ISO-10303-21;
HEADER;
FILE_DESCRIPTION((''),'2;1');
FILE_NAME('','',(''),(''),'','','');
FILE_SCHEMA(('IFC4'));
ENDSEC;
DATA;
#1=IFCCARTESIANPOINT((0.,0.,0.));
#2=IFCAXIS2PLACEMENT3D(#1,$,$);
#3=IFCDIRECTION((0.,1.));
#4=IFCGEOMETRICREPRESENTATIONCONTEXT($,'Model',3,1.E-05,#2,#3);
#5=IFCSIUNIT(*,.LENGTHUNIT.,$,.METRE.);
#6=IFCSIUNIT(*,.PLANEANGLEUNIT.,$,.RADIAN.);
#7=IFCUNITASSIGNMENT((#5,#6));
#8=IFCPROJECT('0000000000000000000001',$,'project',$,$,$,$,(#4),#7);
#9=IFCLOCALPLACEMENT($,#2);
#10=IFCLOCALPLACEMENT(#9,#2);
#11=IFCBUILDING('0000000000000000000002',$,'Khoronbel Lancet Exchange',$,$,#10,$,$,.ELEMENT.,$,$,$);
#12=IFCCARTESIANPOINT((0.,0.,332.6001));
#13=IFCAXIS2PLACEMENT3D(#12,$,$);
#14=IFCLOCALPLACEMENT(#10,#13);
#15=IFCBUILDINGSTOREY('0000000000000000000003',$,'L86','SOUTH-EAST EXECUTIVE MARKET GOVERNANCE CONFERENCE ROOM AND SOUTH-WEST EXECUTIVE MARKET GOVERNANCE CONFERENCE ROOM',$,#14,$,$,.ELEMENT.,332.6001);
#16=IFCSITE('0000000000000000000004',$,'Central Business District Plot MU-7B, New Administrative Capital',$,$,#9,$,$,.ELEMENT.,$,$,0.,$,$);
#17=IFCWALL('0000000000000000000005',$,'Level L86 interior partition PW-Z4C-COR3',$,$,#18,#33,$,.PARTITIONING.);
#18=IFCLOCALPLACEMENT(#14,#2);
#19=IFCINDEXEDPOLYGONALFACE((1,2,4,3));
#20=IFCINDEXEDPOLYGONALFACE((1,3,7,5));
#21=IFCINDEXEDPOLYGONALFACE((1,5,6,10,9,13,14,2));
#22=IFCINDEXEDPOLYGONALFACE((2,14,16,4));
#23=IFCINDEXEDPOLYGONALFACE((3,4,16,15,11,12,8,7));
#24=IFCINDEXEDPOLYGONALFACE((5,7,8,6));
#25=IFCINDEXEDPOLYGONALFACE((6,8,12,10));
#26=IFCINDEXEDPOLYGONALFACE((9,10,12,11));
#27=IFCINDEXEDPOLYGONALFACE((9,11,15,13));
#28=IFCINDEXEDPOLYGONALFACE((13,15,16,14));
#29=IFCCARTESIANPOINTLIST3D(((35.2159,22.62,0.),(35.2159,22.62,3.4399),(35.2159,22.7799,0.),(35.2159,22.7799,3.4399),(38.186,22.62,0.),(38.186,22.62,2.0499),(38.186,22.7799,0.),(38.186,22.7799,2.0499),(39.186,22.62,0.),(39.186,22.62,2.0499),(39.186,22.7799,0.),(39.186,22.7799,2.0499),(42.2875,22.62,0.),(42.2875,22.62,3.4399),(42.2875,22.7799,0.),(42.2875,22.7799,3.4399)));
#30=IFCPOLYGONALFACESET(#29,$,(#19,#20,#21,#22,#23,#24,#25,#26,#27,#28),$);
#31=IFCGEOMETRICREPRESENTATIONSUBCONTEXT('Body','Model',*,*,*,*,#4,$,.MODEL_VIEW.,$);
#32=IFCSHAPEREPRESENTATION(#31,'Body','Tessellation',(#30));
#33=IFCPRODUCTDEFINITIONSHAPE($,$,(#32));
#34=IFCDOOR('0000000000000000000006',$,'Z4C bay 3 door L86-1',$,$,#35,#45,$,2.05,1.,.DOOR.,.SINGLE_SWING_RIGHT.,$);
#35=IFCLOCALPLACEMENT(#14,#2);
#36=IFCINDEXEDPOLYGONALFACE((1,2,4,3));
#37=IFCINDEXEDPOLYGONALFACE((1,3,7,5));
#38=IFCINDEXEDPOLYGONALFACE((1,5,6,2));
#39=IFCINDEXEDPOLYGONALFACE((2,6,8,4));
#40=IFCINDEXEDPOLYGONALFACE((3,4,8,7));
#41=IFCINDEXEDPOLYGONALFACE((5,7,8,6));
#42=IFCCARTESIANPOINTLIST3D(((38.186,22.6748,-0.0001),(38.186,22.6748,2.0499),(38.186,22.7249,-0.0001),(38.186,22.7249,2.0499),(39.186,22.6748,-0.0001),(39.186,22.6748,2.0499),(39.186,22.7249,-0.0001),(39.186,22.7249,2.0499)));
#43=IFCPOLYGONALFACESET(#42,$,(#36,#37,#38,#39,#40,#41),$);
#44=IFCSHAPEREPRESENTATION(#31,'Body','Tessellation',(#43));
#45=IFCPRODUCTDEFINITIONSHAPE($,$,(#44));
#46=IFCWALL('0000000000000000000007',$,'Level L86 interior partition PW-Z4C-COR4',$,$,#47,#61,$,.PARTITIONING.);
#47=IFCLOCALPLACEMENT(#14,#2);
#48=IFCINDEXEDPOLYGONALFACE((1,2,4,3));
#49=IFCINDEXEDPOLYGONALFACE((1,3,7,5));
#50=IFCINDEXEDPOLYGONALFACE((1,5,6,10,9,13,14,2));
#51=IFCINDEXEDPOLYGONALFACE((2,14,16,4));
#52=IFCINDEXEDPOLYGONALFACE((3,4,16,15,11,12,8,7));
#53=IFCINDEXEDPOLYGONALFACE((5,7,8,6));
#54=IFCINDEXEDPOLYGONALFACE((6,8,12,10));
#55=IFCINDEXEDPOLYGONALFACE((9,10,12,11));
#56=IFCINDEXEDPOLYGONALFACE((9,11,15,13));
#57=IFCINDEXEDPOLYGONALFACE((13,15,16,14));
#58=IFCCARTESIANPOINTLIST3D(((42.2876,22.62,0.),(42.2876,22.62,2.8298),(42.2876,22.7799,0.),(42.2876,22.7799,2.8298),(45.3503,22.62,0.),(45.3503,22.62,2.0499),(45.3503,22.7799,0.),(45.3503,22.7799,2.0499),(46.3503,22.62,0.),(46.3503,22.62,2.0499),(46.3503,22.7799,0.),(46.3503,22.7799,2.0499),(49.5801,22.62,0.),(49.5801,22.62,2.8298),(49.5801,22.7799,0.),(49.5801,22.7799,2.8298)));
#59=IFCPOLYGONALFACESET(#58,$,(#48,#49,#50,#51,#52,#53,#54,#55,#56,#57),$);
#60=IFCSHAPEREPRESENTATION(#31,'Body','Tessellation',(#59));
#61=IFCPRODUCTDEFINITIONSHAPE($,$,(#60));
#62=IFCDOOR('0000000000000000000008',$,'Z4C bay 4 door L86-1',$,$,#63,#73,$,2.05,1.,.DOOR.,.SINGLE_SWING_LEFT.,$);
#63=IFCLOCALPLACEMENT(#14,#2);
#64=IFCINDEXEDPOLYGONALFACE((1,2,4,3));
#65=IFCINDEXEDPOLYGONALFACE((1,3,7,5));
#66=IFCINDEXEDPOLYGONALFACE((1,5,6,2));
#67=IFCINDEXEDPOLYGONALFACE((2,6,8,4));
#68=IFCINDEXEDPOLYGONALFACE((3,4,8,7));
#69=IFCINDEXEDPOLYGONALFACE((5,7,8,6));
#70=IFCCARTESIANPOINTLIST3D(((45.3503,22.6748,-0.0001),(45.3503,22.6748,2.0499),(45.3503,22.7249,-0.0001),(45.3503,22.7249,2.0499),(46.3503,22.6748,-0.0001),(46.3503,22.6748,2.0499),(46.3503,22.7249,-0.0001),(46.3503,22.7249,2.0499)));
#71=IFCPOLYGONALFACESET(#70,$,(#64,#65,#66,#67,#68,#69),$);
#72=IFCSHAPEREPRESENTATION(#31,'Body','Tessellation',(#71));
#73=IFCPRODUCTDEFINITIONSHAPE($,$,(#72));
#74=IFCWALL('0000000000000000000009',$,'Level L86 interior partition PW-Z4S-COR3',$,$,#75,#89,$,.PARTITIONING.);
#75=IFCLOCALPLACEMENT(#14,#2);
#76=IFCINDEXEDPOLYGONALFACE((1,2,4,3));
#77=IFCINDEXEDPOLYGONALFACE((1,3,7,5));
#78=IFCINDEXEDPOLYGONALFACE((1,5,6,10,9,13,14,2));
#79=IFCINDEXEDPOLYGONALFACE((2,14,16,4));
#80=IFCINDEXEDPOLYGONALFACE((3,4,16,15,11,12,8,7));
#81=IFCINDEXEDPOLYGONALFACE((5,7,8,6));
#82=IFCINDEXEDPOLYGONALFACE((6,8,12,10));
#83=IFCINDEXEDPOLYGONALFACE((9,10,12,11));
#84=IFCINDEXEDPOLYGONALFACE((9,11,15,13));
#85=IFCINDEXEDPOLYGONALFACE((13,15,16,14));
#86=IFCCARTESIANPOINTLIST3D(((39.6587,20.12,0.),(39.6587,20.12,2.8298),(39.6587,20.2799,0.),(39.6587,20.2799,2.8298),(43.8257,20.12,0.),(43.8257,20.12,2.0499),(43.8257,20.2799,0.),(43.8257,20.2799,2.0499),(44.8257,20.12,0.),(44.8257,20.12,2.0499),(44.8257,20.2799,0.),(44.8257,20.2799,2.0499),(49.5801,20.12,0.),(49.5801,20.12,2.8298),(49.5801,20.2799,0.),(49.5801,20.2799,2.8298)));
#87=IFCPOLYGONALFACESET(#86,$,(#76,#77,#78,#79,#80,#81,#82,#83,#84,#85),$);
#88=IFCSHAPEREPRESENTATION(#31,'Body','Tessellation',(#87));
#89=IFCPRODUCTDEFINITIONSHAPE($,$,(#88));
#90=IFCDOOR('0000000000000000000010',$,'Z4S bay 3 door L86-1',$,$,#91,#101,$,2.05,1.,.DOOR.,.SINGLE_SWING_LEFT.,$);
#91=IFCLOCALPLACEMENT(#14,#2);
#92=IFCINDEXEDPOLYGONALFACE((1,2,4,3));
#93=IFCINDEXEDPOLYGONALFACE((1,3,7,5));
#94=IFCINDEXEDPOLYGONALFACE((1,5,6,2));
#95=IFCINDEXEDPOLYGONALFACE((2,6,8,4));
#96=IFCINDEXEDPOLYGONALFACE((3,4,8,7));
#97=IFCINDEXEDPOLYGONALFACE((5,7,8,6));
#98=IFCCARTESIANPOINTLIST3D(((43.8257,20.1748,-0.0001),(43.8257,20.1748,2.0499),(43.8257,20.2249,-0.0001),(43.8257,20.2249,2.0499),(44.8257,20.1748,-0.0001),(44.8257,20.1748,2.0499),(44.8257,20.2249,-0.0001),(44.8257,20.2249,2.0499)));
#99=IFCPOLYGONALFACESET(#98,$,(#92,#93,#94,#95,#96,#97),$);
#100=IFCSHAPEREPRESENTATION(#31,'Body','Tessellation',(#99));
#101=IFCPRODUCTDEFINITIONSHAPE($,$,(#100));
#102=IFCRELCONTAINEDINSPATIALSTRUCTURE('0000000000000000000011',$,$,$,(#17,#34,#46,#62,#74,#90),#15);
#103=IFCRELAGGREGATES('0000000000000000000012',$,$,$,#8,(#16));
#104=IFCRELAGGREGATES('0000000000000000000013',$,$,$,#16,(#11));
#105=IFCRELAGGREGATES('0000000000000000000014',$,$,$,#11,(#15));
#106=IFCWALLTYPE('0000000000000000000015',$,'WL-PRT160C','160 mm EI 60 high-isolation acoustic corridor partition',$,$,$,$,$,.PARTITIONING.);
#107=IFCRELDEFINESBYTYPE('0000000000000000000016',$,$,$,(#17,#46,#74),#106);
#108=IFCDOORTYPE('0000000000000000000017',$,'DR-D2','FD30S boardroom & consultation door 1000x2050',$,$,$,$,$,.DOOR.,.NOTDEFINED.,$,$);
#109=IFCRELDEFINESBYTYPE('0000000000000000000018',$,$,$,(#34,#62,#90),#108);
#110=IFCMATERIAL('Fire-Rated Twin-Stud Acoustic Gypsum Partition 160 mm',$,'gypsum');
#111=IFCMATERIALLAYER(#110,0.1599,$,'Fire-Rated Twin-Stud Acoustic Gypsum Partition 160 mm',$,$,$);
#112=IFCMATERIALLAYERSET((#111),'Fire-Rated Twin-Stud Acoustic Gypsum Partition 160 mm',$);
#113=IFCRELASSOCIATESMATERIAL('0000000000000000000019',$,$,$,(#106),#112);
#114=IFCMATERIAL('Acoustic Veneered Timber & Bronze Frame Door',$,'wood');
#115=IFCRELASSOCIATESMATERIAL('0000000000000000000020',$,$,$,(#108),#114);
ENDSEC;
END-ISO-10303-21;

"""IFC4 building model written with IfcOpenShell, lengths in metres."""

from ifc_helpers import new_model, si_unit, direction, frame, frame_2d, origin, place, context, subcontext, project, spatial, rectangle, extrude, material, layer, layer_set, type_object, element, fill, save


model = new_model("IFC4")

# Units and contexts
model_context = context("Model", 3, precision=1e-05, world=origin(), true_north=direction((0.0, 1.0)))
body_context = subcontext(model_context, "Body", "Model", "MODEL_VIEW")
ifc_project = project(units=[si_unit("LENGTHUNIT", "METRE"), si_unit("PLANEANGLEUNIT", "RADIAN")], contexts=[model_context])

# Site, building, storey
site_placement = place(None, origin())
site = spatial("IfcSite", under=ifc_project, at=site_placement, Name="Central Business District Plot MU-7B, New Administrative Capital", CompositionType="ELEMENT", RefElevation=0.0)
building_placement = place(site_placement, origin())
building = spatial("IfcBuilding", under=site, at=building_placement, Name="Khoronbel Lancet Exchange", CompositionType="ELEMENT")
storey_placement = place(building_placement, frame((0.0, 0.0, 332.6001)))
storey = spatial("IfcBuildingStorey", under=building, at=storey_placement, Name="L86", Description="SOUTH-EAST EXECUTIVE MARKET GOVERNANCE CONFERENCE ROOM AND SOUTH-WEST EXECUTIVE MARKET GOVERNANCE CONFERENCE ROOM", CompositionType="ELEMENT", Elevation=332.6001)

# Walls, openings, doors
ifc_material_1 = material(Name="Fire-Rated Twin-Stud Acoustic Gypsum Partition 160 mm", Category="gypsum")
ifc_layer_1 = layer(ifc_material_1, 0.1599, Name="Fire-Rated Twin-Stud Acoustic Gypsum Partition 160 mm")
ifc_layer_set_1 = layer_set([ifc_layer_1], Name="Fire-Rated Twin-Stud Acoustic Gypsum Partition 160 mm")
wall_type_1 = type_object("IfcWallType", Name="WL-PRT160C", Description="160 mm EI 60 high-isolation acoustic corridor partition", PredefinedType="PARTITIONING", material=ifc_layer_set_1)
wall_1_placement = place(storey_placement, frame((35.2161, 22.7, 0.0), z_axis=(0.0, 0.0, 1.0), x_axis=(1.0, 0.0, 0.0)))
wall_1 = element("IfcWall", 1, at=wall_1_placement, inside=storey, type_object=wall_type_1, Name="Level L86 interior partition PW-Z4C-COR3", PredefinedType="PARTITIONING", context=body_context, shape_type="SweptSolid", body=[
    extrude(rectangle(XDim=7.0715, YDim=0.1599, at=frame_2d((3.5356, 0.0))), origin(), (0.0, 0.0, 1.0), 3.4399),
])
opening_1_placement = place(wall_1_placement, frame((2.97, 0.0, 0.0)))
opening_1 = element("IfcOpeningElement", 2, at=opening_1_placement, cuts=wall_1, PredefinedType="OPENING", context=body_context, shape_type="SweptSolid", body=[
    extrude(rectangle(XDim=1.0, YDim=2.05, at=frame_2d((0.5, 1.0249))), frame((0.0, 0.0898, 0.0), z_axis=(0.0, -1.0, 0.0), x_axis=(1.0, 0.0, 0.0)), (0.0, 0.0, 1.0), 0.1799),
])
ifc_material_2 = material(Name="Acoustic Veneered Timber & Bronze Frame Door", Category="wood")
door_type_1 = type_object("IfcDoorType", Name="DR-D2", Description="FD30S boardroom & consultation door 1000x2050", OperationType="NOTDEFINED", PredefinedType="DOOR", material=ifc_material_2)
door_1_placement = place(opening_1_placement, origin())
door_1 = element("IfcDoor", 3, at=door_1_placement, inside=storey, type_object=door_type_1, Name="Z4C bay 3 door L86-1", OperationType="SINGLE_SWING_RIGHT", OverallHeight=2.05, OverallWidth=1.0, PredefinedType="DOOR", context=body_context, shape_type="SweptSolid", body=[
    extrude(rectangle(XDim=1.0, YDim=2.05, at=frame_2d((0.5, 1.0249))), frame((0.0, 0.0249, 0.0), z_axis=(0.0, -1.0, 0.0), x_axis=(1.0, 0.0, 0.0)), (0.0, 0.0, 1.0), 0.05),
])
fill(opening_1, door_1)
wall_2_placement = place(storey_placement, frame((42.2876, 22.7, 0.0), z_axis=(0.0, 0.0, 1.0), x_axis=(1.0, 0.0, 0.0)))
wall_2 = element("IfcWall", 4, at=wall_2_placement, inside=storey, type_object=wall_type_1, Name="Level L86 interior partition PW-Z4C-COR4", PredefinedType="PARTITIONING", context=body_context, shape_type="SweptSolid", body=[
    extrude(rectangle(XDim=7.2925, YDim=0.1599, at=frame_2d((3.6462, 0.0))), origin(), (0.0, 0.0, 1.0), 2.8298),
])
opening_2_placement = place(wall_2_placement, frame((3.0627, 0.0, 0.0)))
opening_2 = element("IfcOpeningElement", 5, at=opening_2_placement, cuts=wall_2, PredefinedType="OPENING", context=body_context, shape_type="SweptSolid", body=[
    extrude(rectangle(XDim=1.0, YDim=2.05, at=frame_2d((0.5, 1.0249))), frame((0.0, 0.0898, 0.0), z_axis=(0.0, -1.0, 0.0), x_axis=(1.0, 0.0, 0.0)), (0.0, 0.0, 1.0), 0.1799),
])
door_2_placement = place(opening_2_placement, origin())
door_2 = element("IfcDoor", 6, at=door_2_placement, inside=storey, type_object=door_type_1, Name="Z4C bay 4 door L86-1", OperationType="SINGLE_SWING_LEFT", OverallHeight=2.05, OverallWidth=1.0, PredefinedType="DOOR", context=body_context, shape_type="SweptSolid", body=[
    extrude(rectangle(XDim=1.0, YDim=2.05, at=frame_2d((0.5, 1.0249))), frame((0.0, 0.0249, 0.0), z_axis=(0.0, -1.0, 0.0), x_axis=(1.0, 0.0, 0.0)), (0.0, 0.0, 1.0), 0.05),
])
fill(opening_2, door_2)
wall_3_placement = place(storey_placement, frame((39.6587, 20.2, 0.0), z_axis=(0.0, 0.0, 1.0), x_axis=(1.0, 0.0, 0.0)))
wall_3 = element("IfcWall", 7, at=wall_3_placement, inside=storey, type_object=wall_type_1, Name="Level L86 interior partition PW-Z4S-COR3", PredefinedType="PARTITIONING", context=body_context, shape_type="SweptSolid", body=[
    extrude(rectangle(XDim=9.9214, YDim=0.1599, at=frame_2d((4.9607, 0.0))), origin(), (0.0, 0.0, 1.0), 2.8298),
])
opening_3_placement = place(wall_3_placement, frame((4.167, 0.0, 0.0)))
opening_3 = element("IfcOpeningElement", 8, at=opening_3_placement, cuts=wall_3, PredefinedType="OPENING", context=body_context, shape_type="SweptSolid", body=[
    extrude(rectangle(XDim=1.0, YDim=2.05, at=frame_2d((0.5, 1.0249))), frame((0.0, 0.0898, 0.0), z_axis=(0.0, -1.0, 0.0), x_axis=(1.0, 0.0, 0.0)), (0.0, 0.0, 1.0), 0.1799),
])
door_3_placement = place(opening_3_placement, origin())
door_3 = element("IfcDoor", 9, at=door_3_placement, inside=storey, type_object=door_type_1, Name="Z4S bay 3 door L86-1", OperationType="SINGLE_SWING_LEFT", OverallHeight=2.05, OverallWidth=1.0, PredefinedType="DOOR", context=body_context, shape_type="SweptSolid", body=[
    extrude(rectangle(XDim=1.0, YDim=2.05, at=frame_2d((0.5, 1.0249))), frame((0.0, 0.0249, 0.0), z_axis=(0.0, -1.0, 0.0), x_axis=(1.0, 0.0, 0.0)), (0.0, 0.0, 1.0), 0.05),
])
fill(opening_3, door_3)

save(model, "model.ifc")
